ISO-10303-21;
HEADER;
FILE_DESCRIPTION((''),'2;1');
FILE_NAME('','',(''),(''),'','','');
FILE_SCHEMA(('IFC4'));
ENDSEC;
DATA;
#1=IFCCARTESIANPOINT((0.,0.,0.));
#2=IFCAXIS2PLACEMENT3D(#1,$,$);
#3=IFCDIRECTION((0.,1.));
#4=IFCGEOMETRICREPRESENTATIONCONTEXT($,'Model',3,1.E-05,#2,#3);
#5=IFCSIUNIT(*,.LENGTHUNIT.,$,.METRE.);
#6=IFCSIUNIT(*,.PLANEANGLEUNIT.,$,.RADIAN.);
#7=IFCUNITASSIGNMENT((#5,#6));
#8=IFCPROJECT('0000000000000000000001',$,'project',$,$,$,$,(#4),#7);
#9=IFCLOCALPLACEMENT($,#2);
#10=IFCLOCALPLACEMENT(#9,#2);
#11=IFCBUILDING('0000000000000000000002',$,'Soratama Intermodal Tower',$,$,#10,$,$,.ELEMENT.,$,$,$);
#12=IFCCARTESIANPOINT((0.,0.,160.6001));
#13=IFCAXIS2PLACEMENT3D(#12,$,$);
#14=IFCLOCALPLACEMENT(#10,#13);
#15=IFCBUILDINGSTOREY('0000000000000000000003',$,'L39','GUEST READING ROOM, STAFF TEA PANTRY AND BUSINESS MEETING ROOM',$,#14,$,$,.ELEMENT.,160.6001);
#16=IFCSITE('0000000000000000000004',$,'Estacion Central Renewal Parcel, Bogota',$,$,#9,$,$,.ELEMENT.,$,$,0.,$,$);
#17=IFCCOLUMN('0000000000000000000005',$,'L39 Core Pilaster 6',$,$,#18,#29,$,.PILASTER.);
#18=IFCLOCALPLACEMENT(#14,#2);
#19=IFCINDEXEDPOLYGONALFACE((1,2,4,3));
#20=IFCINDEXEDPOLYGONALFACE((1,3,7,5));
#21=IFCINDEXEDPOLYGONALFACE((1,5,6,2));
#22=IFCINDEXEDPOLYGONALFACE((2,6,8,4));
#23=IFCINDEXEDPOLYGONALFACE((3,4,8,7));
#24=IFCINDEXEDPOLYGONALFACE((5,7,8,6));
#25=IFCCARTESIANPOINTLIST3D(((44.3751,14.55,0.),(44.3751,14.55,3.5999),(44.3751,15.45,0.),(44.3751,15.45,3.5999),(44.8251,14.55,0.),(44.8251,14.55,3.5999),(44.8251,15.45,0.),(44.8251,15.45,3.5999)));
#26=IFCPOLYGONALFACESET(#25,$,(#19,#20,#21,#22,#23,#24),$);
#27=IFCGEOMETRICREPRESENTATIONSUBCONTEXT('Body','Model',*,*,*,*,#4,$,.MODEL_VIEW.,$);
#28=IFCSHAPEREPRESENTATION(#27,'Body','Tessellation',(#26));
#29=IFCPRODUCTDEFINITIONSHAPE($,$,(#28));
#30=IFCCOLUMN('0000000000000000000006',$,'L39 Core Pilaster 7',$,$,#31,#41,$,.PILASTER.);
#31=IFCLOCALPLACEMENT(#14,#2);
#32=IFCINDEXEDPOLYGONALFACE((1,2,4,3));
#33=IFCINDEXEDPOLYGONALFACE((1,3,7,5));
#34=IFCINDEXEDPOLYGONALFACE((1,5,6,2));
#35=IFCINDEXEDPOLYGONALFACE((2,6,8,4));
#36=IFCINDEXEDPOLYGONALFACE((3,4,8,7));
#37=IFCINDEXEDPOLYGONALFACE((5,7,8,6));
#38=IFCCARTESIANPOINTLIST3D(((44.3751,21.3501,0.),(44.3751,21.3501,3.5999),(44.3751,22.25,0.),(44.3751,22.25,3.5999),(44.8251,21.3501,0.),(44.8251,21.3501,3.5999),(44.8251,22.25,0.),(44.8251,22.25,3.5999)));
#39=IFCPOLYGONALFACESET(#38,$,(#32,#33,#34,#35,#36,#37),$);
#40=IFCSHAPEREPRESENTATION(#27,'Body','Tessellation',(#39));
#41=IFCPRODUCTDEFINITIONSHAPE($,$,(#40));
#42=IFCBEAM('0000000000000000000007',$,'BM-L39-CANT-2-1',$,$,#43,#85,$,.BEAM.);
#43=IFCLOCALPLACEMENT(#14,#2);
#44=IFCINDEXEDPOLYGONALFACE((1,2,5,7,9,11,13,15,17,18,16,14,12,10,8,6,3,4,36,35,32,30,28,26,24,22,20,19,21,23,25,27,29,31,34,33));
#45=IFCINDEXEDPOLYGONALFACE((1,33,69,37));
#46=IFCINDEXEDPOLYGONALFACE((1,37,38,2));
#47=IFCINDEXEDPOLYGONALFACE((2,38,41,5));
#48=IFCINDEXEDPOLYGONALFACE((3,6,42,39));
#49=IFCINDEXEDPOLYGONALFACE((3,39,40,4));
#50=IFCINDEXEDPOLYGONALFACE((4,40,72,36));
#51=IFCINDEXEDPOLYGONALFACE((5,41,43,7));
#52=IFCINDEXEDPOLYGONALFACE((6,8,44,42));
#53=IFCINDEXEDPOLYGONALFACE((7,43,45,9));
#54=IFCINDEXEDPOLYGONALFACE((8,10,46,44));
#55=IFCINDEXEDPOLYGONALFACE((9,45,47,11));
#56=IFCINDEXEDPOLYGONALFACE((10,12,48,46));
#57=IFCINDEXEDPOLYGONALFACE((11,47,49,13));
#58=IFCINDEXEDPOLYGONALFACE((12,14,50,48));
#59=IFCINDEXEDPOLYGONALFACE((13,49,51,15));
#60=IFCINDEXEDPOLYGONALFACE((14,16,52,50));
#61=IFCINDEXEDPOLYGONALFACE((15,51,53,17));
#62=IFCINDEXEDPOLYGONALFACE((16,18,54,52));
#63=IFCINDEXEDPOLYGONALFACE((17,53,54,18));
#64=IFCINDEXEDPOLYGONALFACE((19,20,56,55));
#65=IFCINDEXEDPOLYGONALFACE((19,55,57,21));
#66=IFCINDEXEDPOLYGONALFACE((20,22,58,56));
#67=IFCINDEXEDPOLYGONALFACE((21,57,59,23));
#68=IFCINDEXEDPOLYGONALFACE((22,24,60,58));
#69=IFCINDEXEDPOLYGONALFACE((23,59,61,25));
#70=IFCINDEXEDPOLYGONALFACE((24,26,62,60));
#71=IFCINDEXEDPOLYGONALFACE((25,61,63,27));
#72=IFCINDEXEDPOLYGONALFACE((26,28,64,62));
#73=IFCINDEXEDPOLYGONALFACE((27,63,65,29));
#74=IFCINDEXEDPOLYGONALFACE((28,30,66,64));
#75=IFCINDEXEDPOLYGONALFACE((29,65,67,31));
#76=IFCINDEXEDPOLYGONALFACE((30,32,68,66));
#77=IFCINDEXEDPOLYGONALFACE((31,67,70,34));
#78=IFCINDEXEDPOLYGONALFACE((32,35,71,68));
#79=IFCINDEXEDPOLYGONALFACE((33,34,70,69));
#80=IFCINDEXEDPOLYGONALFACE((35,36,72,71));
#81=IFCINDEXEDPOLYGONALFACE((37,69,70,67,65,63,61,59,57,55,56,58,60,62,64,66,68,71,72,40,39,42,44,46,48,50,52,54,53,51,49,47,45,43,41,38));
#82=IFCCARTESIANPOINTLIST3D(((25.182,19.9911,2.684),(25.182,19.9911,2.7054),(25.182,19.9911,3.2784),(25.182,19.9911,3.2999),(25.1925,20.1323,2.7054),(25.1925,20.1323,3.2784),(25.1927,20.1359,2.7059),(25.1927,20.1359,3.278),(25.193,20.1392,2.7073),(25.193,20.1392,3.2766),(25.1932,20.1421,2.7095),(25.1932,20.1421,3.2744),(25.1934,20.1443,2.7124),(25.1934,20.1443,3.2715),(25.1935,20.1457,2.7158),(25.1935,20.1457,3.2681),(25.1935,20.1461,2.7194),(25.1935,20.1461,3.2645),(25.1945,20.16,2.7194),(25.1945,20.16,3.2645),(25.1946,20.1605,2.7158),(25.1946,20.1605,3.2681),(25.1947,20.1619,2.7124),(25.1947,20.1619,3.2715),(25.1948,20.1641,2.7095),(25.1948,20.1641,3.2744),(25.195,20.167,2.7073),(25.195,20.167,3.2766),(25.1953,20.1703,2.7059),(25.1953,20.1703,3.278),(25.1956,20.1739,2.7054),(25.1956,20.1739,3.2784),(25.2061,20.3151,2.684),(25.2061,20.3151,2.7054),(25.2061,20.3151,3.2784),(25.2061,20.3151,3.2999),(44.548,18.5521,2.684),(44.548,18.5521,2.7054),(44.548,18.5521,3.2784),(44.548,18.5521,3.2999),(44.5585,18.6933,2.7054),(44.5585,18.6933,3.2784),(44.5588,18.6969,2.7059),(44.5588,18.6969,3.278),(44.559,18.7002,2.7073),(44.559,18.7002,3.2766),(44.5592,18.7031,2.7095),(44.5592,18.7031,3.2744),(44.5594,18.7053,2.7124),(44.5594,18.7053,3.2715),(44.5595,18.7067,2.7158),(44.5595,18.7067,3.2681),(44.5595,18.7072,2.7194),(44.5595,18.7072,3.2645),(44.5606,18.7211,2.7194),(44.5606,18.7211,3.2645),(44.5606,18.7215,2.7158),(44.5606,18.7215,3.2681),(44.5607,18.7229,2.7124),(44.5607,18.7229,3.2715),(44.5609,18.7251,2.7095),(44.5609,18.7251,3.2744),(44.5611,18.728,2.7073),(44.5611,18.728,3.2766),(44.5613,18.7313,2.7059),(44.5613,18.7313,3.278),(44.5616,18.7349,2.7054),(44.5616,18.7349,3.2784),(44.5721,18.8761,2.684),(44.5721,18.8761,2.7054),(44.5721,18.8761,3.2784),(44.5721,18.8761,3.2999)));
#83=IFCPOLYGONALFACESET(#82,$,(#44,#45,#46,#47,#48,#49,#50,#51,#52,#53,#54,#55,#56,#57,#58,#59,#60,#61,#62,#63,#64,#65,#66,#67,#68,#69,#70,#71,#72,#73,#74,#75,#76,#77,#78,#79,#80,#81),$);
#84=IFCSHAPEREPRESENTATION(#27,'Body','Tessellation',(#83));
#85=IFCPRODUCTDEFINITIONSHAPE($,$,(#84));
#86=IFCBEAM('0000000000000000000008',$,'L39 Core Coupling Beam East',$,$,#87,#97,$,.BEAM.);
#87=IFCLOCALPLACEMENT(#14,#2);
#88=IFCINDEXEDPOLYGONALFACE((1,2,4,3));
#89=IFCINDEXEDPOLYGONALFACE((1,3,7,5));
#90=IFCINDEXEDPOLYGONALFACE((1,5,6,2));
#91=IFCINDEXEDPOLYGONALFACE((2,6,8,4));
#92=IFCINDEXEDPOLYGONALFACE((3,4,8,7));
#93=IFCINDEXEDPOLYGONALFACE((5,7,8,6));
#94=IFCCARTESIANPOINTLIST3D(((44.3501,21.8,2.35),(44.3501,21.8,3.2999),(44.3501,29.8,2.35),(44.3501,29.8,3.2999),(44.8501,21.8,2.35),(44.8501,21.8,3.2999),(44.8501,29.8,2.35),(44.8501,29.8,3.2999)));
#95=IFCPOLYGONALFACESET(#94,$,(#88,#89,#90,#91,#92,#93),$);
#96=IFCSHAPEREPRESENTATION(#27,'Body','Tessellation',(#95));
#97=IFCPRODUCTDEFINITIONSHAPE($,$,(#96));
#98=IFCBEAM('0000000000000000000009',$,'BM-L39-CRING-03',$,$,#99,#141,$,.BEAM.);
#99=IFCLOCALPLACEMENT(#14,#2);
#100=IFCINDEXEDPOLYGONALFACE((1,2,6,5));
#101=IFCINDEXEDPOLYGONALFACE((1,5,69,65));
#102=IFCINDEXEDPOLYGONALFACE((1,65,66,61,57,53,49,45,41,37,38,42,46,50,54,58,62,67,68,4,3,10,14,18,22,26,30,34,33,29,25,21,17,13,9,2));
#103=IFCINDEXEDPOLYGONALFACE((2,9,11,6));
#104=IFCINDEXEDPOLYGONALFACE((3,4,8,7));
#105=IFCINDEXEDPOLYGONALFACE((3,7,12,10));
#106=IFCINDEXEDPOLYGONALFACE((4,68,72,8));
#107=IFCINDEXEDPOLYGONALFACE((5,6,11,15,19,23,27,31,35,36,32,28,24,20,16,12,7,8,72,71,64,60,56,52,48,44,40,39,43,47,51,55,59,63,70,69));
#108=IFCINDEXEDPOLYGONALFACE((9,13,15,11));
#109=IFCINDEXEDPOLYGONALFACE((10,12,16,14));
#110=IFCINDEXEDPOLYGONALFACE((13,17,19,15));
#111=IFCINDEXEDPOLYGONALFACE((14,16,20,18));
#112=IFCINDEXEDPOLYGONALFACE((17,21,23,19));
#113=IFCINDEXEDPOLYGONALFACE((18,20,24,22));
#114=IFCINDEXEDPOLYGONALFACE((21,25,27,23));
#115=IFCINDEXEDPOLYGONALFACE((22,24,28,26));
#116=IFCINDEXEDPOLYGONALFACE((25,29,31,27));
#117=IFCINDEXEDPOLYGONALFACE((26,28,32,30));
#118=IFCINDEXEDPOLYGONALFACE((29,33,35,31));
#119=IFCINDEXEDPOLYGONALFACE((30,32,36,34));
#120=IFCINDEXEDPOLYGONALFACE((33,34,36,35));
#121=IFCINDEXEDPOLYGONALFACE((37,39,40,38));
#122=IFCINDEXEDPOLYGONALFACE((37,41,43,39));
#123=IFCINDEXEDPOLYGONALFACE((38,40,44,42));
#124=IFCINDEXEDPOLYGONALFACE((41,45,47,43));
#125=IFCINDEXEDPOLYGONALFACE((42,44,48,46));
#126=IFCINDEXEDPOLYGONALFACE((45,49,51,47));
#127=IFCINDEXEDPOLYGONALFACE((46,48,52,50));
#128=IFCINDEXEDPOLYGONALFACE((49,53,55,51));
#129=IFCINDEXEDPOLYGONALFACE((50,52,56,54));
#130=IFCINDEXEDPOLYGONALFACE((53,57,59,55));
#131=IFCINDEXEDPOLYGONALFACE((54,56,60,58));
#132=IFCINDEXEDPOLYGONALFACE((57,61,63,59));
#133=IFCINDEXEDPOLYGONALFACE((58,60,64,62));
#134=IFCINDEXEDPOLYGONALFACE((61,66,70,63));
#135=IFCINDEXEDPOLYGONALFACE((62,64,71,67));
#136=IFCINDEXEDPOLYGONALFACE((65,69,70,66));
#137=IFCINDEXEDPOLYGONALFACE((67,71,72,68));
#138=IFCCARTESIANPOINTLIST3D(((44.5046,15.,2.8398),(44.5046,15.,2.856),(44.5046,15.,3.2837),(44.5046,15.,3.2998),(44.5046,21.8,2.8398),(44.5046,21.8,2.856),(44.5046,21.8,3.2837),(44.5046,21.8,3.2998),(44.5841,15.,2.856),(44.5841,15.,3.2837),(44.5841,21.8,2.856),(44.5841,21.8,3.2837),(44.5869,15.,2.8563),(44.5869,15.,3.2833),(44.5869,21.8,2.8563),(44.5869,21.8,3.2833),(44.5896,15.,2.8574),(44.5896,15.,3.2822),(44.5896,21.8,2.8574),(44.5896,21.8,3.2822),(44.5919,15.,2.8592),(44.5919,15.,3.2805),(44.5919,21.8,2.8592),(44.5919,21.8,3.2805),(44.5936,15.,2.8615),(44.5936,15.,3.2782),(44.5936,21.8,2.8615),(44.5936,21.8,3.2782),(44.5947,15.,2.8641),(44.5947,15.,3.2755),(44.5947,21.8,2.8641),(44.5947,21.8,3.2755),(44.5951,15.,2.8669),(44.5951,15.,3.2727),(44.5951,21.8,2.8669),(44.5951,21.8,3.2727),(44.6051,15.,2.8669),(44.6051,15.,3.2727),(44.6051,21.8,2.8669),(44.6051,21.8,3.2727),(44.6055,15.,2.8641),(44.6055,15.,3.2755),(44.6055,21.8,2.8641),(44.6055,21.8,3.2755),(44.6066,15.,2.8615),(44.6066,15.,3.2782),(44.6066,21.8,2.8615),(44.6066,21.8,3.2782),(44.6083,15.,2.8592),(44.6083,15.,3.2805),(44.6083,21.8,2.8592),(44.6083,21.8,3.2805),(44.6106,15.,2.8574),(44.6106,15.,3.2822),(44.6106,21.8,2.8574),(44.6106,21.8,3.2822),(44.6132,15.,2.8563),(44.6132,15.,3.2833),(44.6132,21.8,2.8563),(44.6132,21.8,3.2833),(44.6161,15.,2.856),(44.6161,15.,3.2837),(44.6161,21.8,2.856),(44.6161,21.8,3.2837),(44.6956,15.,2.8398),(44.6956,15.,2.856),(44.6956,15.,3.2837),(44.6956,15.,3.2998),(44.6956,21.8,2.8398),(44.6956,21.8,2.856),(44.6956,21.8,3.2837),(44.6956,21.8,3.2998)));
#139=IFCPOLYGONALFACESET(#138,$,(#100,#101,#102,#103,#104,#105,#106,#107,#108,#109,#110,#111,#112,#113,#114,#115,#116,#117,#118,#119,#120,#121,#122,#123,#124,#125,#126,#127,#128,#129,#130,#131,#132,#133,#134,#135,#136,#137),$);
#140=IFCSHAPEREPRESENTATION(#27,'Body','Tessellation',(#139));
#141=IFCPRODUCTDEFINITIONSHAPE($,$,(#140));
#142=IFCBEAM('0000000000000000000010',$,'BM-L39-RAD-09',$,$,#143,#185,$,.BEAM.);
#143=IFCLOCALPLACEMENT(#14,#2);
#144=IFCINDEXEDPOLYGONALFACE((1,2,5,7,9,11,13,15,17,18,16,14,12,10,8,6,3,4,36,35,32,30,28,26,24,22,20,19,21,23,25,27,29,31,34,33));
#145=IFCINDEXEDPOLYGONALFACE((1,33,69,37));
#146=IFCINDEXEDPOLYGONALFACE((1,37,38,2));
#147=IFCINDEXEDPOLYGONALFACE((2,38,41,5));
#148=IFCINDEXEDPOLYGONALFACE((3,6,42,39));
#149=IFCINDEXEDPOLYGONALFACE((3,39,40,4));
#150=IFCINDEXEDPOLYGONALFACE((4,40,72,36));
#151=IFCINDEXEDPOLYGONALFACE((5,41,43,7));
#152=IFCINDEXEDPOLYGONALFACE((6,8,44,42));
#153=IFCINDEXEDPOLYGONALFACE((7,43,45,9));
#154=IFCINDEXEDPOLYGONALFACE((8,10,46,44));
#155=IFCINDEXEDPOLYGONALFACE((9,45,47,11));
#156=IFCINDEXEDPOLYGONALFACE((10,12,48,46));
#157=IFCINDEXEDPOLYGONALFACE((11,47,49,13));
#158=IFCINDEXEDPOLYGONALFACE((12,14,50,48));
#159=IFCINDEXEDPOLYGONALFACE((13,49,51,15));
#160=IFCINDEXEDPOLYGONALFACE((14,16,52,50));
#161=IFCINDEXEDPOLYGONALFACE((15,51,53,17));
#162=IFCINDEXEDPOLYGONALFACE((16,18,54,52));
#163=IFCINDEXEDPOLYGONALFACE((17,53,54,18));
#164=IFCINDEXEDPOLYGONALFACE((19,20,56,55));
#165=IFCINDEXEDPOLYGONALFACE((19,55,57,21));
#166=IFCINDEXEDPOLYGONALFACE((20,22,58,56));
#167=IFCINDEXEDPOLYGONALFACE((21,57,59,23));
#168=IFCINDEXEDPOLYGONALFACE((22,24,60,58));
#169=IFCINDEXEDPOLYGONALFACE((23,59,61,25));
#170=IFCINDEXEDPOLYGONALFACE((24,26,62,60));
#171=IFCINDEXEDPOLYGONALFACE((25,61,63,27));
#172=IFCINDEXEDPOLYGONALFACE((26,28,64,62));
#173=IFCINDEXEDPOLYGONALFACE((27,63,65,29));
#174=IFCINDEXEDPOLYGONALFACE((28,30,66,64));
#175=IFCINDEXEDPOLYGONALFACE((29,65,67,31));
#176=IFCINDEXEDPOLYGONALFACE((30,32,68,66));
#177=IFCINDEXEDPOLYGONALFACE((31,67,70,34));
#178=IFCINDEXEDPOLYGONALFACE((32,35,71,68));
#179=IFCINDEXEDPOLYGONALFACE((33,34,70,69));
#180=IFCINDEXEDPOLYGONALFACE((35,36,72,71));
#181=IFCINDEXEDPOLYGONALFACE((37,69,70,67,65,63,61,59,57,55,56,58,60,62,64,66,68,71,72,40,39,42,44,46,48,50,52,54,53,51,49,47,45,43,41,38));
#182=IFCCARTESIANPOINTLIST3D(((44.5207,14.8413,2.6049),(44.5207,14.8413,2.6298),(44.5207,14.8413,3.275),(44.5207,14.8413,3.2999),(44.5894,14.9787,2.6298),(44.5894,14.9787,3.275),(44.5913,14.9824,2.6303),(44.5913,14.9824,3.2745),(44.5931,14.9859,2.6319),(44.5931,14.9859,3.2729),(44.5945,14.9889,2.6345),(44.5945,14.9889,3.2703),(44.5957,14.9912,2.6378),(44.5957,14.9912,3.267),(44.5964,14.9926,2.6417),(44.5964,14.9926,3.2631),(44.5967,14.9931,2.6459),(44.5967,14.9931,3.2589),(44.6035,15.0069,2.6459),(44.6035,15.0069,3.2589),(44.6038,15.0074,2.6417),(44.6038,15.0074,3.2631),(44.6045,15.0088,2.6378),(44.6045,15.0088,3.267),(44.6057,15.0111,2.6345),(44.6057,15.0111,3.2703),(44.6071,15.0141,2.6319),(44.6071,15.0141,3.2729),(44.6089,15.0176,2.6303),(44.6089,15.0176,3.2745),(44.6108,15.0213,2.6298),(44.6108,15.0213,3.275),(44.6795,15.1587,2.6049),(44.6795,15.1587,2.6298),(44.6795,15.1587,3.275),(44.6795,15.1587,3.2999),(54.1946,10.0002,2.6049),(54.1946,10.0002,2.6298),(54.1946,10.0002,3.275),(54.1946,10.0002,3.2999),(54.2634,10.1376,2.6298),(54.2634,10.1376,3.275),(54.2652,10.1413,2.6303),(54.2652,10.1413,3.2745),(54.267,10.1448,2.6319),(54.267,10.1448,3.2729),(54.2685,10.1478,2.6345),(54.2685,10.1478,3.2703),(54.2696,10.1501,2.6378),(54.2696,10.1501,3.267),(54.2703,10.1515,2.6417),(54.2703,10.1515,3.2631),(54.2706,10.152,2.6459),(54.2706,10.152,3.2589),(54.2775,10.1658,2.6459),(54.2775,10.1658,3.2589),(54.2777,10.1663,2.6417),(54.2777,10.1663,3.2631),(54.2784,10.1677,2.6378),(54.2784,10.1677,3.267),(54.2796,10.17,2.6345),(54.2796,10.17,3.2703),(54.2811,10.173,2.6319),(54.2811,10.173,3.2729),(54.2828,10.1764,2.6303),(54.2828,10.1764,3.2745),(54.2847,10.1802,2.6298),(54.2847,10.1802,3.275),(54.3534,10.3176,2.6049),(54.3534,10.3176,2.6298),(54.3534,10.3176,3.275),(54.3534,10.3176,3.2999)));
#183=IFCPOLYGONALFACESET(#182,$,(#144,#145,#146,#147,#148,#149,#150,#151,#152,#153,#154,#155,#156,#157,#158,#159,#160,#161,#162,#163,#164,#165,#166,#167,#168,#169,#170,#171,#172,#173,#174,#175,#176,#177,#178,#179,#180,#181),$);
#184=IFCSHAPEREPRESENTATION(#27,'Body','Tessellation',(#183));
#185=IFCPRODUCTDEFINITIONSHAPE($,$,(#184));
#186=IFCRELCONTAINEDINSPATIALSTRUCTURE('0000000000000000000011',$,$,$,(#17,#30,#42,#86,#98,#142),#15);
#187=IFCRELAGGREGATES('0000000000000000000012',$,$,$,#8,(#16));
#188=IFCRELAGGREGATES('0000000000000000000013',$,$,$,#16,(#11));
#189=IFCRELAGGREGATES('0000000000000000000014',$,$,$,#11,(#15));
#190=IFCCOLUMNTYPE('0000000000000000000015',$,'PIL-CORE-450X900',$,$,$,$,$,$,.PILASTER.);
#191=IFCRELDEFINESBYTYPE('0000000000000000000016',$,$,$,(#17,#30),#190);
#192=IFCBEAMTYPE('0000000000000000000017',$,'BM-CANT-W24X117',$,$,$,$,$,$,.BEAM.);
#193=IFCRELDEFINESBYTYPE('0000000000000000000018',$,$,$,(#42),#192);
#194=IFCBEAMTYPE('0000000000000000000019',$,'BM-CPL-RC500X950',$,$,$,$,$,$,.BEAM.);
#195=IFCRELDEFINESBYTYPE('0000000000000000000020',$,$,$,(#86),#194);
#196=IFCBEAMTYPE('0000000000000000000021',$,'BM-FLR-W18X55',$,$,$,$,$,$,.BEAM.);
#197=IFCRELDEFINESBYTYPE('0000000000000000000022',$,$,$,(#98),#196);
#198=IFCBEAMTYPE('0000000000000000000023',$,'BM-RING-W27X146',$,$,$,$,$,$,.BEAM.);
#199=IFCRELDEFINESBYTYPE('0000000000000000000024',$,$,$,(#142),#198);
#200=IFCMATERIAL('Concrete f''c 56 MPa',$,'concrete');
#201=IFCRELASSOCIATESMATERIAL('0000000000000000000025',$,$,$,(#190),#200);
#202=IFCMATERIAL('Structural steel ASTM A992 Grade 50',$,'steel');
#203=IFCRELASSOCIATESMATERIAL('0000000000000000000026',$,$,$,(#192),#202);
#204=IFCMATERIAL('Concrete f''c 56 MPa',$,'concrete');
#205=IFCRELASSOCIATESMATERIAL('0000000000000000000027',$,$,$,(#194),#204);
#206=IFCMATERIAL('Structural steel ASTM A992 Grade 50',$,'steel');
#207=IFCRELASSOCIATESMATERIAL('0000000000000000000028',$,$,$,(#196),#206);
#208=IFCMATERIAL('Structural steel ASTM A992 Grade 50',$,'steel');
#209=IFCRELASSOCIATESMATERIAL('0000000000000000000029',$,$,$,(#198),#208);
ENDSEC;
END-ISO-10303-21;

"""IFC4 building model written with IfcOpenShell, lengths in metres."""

from ifc_helpers import new_model, si_unit, direction, frame, origin, origin_2d, place, context, subcontext, project, spatial, rectangle, i_section, extrude, material, material_profile, profile_set, type_object, element, save


model = new_model("IFC4")

# Units and contexts
model_context = context("Model", 3, precision=1e-05, world=origin(), true_north=direction((0.0, 1.0)))
body_context = subcontext(model_context, "Body", "Model", "MODEL_VIEW")
ifc_project = project(units=[si_unit("LENGTHUNIT", "METRE"), si_unit("PLANEANGLEUNIT", "RADIAN")], contexts=[model_context])

# Site, building, storey
site_placement = place(None, origin())
site = spatial("IfcSite", under=ifc_project, at=site_placement, Name="Estacion Central Renewal Parcel, Bogota", CompositionType="ELEMENT", RefElevation=0.0)
building_placement = place(site_placement, origin())
building = spatial("IfcBuilding", under=site, at=building_placement, Name="Soratama Intermodal Tower", CompositionType="ELEMENT")
storey_placement = place(building_placement, frame((0.0, 0.0, 160.6001)))
storey = spatial("IfcBuildingStorey", under=building, at=storey_placement, Name="L39", Description="GUEST READING ROOM, STAFF TEA PANTRY AND BUSINESS MEETING ROOM", CompositionType="ELEMENT", Elevation=160.6001)

# Columns
ifc_material_1 = material(Name="Concrete f'c 56 MPa", Category="concrete")
ifc_material_profile_1 = material_profile(ifc_material_1, rectangle(XDim=0.45, YDim=0.8999, at=origin_2d()), Name="RC450X900")
ifc_profile_set_1 = profile_set([ifc_material_profile_1], Name="Concrete f'c 56 MPa")
column_type = type_object("IfcColumnType", Name="PIL-CORE-450X900", PredefinedType="PILASTER", material=ifc_profile_set_1)
for number, where, z_axis, x_axis, name in (
    (1, (44.6001, 15.0, 0.0), (0.0, 0.0, 1.0), (1.0, 0.0, 0.0), "L39 Core Pilaster 6"),
    (2, (44.6001, 21.8, 0.0), (0.0, 0.0, 1.0), (1.0, 0.0, 0.0), "L39 Core Pilaster 7"),
):
    element("IfcColumn", number, at=place(storey_placement, frame(where, z_axis=z_axis, x_axis=x_axis)), inside=storey, type_object=column_type, Name=name, PredefinedType="PILASTER", context=body_context, shape_type="SweptSolid", body=[
        extrude(rectangle(XDim=0.45, YDim=0.8999, at=origin_2d()), origin(), (0.0, 0.0, 1.0), 3.5999),
    ])

# Beams
ifc_material_2 = material(Name="Structural steel ASTM A992 Grade 50", Category="steel")
ifc_material_profile_2 = material_profile(ifc_material_2, i_section(OverallWidth=0.325, OverallDepth=0.616, WebThickness=0.0139, FlangeThickness=0.0215, FilletRadius=0.0139, at=origin_2d()), Name="W24X117")
ifc_profile_set_2 = profile_set([ifc_material_profile_2], Name="Structural steel ASTM A992 Grade 50")
beam_type_1 = type_object("IfcBeamType", Name="BM-CANT-W24X117", PredefinedType="BEAM", material=ifc_profile_set_2)
beam_1_placement = place(storey_placement, frame((44.5601, 18.7141, 2.9919), z_axis=(-0.997251, 0.0741, 0.0), x_axis=(-0.0741, -0.997251, 0.0)))
element("IfcBeam", 3, at=beam_1_placement, inside=storey, type_object=beam_type_1, Name="BM-L39-CANT-2-1", PredefinedType="BEAM", context=body_context, shape_type="SweptSolid", body=[
    extrude(i_section(OverallWidth=0.325, OverallDepth=0.616, WebThickness=0.0139, FlangeThickness=0.0215, FilletRadius=0.0139, at=origin_2d()), origin(), (0.0, 0.0, 1.0), 19.4194),
])
ifc_material_3 = material(Name="Concrete f'c 56 MPa", Category="concrete")
ifc_material_profile_3 = material_profile(ifc_material_3, rectangle(XDim=0.5, YDim=0.95, at=origin_2d()), Name="RC500X950")
ifc_profile_set_3 = profile_set([ifc_material_profile_3], Name="Concrete f'c 56 MPa")
beam_type_2 = type_object("IfcBeamType", Name="BM-CPL-RC500X950", PredefinedType="BEAM", material=ifc_profile_set_3)
beam_2_placement = place(storey_placement, frame((44.6001, 21.8, 2.825), z_axis=(0.0, 1.0, 0.0), x_axis=(-1.0, 0.0, 0.0)))
element("IfcBeam", 4, at=beam_2_placement, inside=storey, type_object=beam_type_2, Name="L39 Core Coupling Beam East", PredefinedType="BEAM", context=body_context, shape_type="SweptSolid", body=[
    extrude(rectangle(XDim=0.5, YDim=0.95, at=origin_2d()), origin(), (0.0, 0.0, 1.0), 8.0),
])
ifc_material_4 = material(Name="Structural steel ASTM A992 Grade 50", Category="steel")
ifc_material_profile_4 = material_profile(ifc_material_4, i_section(OverallWidth=0.1909, OverallDepth=0.46, WebThickness=0.01, FlangeThickness=0.0161, FilletRadius=0.011, at=origin_2d()), Name="W18X55")
ifc_profile_set_4 = profile_set([ifc_material_profile_4], Name="Structural steel ASTM A992 Grade 50")
beam_type_3 = type_object("IfcBeamType", Name="BM-FLR-W18X55", PredefinedType="BEAM", material=ifc_profile_set_4)
beam_3_placement = place(storey_placement, frame((44.6001, 15.0, 3.0698), z_axis=(0.0, 1.0, 0.0), x_axis=(-1.0, 0.0, 0.0)))
element("IfcBeam", 5, at=beam_3_placement, inside=storey, type_object=beam_type_3, Name="BM-L39-CRING-03", PredefinedType="BEAM", context=body_context, shape_type="SweptSolid", body=[
    extrude(i_section(OverallWidth=0.1909, OverallDepth=0.46, WebThickness=0.01, FlangeThickness=0.0161, FilletRadius=0.011, at=origin_2d()), origin(), (0.0, 0.0, 1.0), 6.8),
])
ifc_material_5 = material(Name="Structural steel ASTM A992 Grade 50", Category="steel")
ifc_material_profile_5 = material_profile(ifc_material_5, i_section(OverallWidth=0.355, OverallDepth=0.6951, WebThickness=0.0154, FlangeThickness=0.0249, FilletRadius=0.0161, at=origin_2d()), Name="W27X146")
ifc_profile_set_5 = profile_set([ifc_material_profile_5], Name="Structural steel ASTM A992 Grade 50")
beam_type_4 = type_object("IfcBeamType", Name="BM-RING-W27X146", PredefinedType="BEAM", material=ifc_profile_set_5)
beam_4_placement = place(storey_placement, frame((44.6001, 15.0, 2.9524), z_axis=(0.894274, -0.447521, 0.0), x_axis=(0.447521, 0.894274, 0.0)))
element("IfcBeam", 6, at=beam_4_placement, inside=storey, type_object=beam_type_4, Name="BM-L39-RAD-09", PredefinedType="BEAM", context=body_context, shape_type="SweptSolid", body=[
    extrude(i_section(OverallWidth=0.355, OverallDepth=0.6951, WebThickness=0.0154, FlangeThickness=0.0249, FilletRadius=0.0161, at=origin_2d()), origin(), (0.0, 0.0, 1.0), 10.8176),
])

save(model, "model.ifc")
